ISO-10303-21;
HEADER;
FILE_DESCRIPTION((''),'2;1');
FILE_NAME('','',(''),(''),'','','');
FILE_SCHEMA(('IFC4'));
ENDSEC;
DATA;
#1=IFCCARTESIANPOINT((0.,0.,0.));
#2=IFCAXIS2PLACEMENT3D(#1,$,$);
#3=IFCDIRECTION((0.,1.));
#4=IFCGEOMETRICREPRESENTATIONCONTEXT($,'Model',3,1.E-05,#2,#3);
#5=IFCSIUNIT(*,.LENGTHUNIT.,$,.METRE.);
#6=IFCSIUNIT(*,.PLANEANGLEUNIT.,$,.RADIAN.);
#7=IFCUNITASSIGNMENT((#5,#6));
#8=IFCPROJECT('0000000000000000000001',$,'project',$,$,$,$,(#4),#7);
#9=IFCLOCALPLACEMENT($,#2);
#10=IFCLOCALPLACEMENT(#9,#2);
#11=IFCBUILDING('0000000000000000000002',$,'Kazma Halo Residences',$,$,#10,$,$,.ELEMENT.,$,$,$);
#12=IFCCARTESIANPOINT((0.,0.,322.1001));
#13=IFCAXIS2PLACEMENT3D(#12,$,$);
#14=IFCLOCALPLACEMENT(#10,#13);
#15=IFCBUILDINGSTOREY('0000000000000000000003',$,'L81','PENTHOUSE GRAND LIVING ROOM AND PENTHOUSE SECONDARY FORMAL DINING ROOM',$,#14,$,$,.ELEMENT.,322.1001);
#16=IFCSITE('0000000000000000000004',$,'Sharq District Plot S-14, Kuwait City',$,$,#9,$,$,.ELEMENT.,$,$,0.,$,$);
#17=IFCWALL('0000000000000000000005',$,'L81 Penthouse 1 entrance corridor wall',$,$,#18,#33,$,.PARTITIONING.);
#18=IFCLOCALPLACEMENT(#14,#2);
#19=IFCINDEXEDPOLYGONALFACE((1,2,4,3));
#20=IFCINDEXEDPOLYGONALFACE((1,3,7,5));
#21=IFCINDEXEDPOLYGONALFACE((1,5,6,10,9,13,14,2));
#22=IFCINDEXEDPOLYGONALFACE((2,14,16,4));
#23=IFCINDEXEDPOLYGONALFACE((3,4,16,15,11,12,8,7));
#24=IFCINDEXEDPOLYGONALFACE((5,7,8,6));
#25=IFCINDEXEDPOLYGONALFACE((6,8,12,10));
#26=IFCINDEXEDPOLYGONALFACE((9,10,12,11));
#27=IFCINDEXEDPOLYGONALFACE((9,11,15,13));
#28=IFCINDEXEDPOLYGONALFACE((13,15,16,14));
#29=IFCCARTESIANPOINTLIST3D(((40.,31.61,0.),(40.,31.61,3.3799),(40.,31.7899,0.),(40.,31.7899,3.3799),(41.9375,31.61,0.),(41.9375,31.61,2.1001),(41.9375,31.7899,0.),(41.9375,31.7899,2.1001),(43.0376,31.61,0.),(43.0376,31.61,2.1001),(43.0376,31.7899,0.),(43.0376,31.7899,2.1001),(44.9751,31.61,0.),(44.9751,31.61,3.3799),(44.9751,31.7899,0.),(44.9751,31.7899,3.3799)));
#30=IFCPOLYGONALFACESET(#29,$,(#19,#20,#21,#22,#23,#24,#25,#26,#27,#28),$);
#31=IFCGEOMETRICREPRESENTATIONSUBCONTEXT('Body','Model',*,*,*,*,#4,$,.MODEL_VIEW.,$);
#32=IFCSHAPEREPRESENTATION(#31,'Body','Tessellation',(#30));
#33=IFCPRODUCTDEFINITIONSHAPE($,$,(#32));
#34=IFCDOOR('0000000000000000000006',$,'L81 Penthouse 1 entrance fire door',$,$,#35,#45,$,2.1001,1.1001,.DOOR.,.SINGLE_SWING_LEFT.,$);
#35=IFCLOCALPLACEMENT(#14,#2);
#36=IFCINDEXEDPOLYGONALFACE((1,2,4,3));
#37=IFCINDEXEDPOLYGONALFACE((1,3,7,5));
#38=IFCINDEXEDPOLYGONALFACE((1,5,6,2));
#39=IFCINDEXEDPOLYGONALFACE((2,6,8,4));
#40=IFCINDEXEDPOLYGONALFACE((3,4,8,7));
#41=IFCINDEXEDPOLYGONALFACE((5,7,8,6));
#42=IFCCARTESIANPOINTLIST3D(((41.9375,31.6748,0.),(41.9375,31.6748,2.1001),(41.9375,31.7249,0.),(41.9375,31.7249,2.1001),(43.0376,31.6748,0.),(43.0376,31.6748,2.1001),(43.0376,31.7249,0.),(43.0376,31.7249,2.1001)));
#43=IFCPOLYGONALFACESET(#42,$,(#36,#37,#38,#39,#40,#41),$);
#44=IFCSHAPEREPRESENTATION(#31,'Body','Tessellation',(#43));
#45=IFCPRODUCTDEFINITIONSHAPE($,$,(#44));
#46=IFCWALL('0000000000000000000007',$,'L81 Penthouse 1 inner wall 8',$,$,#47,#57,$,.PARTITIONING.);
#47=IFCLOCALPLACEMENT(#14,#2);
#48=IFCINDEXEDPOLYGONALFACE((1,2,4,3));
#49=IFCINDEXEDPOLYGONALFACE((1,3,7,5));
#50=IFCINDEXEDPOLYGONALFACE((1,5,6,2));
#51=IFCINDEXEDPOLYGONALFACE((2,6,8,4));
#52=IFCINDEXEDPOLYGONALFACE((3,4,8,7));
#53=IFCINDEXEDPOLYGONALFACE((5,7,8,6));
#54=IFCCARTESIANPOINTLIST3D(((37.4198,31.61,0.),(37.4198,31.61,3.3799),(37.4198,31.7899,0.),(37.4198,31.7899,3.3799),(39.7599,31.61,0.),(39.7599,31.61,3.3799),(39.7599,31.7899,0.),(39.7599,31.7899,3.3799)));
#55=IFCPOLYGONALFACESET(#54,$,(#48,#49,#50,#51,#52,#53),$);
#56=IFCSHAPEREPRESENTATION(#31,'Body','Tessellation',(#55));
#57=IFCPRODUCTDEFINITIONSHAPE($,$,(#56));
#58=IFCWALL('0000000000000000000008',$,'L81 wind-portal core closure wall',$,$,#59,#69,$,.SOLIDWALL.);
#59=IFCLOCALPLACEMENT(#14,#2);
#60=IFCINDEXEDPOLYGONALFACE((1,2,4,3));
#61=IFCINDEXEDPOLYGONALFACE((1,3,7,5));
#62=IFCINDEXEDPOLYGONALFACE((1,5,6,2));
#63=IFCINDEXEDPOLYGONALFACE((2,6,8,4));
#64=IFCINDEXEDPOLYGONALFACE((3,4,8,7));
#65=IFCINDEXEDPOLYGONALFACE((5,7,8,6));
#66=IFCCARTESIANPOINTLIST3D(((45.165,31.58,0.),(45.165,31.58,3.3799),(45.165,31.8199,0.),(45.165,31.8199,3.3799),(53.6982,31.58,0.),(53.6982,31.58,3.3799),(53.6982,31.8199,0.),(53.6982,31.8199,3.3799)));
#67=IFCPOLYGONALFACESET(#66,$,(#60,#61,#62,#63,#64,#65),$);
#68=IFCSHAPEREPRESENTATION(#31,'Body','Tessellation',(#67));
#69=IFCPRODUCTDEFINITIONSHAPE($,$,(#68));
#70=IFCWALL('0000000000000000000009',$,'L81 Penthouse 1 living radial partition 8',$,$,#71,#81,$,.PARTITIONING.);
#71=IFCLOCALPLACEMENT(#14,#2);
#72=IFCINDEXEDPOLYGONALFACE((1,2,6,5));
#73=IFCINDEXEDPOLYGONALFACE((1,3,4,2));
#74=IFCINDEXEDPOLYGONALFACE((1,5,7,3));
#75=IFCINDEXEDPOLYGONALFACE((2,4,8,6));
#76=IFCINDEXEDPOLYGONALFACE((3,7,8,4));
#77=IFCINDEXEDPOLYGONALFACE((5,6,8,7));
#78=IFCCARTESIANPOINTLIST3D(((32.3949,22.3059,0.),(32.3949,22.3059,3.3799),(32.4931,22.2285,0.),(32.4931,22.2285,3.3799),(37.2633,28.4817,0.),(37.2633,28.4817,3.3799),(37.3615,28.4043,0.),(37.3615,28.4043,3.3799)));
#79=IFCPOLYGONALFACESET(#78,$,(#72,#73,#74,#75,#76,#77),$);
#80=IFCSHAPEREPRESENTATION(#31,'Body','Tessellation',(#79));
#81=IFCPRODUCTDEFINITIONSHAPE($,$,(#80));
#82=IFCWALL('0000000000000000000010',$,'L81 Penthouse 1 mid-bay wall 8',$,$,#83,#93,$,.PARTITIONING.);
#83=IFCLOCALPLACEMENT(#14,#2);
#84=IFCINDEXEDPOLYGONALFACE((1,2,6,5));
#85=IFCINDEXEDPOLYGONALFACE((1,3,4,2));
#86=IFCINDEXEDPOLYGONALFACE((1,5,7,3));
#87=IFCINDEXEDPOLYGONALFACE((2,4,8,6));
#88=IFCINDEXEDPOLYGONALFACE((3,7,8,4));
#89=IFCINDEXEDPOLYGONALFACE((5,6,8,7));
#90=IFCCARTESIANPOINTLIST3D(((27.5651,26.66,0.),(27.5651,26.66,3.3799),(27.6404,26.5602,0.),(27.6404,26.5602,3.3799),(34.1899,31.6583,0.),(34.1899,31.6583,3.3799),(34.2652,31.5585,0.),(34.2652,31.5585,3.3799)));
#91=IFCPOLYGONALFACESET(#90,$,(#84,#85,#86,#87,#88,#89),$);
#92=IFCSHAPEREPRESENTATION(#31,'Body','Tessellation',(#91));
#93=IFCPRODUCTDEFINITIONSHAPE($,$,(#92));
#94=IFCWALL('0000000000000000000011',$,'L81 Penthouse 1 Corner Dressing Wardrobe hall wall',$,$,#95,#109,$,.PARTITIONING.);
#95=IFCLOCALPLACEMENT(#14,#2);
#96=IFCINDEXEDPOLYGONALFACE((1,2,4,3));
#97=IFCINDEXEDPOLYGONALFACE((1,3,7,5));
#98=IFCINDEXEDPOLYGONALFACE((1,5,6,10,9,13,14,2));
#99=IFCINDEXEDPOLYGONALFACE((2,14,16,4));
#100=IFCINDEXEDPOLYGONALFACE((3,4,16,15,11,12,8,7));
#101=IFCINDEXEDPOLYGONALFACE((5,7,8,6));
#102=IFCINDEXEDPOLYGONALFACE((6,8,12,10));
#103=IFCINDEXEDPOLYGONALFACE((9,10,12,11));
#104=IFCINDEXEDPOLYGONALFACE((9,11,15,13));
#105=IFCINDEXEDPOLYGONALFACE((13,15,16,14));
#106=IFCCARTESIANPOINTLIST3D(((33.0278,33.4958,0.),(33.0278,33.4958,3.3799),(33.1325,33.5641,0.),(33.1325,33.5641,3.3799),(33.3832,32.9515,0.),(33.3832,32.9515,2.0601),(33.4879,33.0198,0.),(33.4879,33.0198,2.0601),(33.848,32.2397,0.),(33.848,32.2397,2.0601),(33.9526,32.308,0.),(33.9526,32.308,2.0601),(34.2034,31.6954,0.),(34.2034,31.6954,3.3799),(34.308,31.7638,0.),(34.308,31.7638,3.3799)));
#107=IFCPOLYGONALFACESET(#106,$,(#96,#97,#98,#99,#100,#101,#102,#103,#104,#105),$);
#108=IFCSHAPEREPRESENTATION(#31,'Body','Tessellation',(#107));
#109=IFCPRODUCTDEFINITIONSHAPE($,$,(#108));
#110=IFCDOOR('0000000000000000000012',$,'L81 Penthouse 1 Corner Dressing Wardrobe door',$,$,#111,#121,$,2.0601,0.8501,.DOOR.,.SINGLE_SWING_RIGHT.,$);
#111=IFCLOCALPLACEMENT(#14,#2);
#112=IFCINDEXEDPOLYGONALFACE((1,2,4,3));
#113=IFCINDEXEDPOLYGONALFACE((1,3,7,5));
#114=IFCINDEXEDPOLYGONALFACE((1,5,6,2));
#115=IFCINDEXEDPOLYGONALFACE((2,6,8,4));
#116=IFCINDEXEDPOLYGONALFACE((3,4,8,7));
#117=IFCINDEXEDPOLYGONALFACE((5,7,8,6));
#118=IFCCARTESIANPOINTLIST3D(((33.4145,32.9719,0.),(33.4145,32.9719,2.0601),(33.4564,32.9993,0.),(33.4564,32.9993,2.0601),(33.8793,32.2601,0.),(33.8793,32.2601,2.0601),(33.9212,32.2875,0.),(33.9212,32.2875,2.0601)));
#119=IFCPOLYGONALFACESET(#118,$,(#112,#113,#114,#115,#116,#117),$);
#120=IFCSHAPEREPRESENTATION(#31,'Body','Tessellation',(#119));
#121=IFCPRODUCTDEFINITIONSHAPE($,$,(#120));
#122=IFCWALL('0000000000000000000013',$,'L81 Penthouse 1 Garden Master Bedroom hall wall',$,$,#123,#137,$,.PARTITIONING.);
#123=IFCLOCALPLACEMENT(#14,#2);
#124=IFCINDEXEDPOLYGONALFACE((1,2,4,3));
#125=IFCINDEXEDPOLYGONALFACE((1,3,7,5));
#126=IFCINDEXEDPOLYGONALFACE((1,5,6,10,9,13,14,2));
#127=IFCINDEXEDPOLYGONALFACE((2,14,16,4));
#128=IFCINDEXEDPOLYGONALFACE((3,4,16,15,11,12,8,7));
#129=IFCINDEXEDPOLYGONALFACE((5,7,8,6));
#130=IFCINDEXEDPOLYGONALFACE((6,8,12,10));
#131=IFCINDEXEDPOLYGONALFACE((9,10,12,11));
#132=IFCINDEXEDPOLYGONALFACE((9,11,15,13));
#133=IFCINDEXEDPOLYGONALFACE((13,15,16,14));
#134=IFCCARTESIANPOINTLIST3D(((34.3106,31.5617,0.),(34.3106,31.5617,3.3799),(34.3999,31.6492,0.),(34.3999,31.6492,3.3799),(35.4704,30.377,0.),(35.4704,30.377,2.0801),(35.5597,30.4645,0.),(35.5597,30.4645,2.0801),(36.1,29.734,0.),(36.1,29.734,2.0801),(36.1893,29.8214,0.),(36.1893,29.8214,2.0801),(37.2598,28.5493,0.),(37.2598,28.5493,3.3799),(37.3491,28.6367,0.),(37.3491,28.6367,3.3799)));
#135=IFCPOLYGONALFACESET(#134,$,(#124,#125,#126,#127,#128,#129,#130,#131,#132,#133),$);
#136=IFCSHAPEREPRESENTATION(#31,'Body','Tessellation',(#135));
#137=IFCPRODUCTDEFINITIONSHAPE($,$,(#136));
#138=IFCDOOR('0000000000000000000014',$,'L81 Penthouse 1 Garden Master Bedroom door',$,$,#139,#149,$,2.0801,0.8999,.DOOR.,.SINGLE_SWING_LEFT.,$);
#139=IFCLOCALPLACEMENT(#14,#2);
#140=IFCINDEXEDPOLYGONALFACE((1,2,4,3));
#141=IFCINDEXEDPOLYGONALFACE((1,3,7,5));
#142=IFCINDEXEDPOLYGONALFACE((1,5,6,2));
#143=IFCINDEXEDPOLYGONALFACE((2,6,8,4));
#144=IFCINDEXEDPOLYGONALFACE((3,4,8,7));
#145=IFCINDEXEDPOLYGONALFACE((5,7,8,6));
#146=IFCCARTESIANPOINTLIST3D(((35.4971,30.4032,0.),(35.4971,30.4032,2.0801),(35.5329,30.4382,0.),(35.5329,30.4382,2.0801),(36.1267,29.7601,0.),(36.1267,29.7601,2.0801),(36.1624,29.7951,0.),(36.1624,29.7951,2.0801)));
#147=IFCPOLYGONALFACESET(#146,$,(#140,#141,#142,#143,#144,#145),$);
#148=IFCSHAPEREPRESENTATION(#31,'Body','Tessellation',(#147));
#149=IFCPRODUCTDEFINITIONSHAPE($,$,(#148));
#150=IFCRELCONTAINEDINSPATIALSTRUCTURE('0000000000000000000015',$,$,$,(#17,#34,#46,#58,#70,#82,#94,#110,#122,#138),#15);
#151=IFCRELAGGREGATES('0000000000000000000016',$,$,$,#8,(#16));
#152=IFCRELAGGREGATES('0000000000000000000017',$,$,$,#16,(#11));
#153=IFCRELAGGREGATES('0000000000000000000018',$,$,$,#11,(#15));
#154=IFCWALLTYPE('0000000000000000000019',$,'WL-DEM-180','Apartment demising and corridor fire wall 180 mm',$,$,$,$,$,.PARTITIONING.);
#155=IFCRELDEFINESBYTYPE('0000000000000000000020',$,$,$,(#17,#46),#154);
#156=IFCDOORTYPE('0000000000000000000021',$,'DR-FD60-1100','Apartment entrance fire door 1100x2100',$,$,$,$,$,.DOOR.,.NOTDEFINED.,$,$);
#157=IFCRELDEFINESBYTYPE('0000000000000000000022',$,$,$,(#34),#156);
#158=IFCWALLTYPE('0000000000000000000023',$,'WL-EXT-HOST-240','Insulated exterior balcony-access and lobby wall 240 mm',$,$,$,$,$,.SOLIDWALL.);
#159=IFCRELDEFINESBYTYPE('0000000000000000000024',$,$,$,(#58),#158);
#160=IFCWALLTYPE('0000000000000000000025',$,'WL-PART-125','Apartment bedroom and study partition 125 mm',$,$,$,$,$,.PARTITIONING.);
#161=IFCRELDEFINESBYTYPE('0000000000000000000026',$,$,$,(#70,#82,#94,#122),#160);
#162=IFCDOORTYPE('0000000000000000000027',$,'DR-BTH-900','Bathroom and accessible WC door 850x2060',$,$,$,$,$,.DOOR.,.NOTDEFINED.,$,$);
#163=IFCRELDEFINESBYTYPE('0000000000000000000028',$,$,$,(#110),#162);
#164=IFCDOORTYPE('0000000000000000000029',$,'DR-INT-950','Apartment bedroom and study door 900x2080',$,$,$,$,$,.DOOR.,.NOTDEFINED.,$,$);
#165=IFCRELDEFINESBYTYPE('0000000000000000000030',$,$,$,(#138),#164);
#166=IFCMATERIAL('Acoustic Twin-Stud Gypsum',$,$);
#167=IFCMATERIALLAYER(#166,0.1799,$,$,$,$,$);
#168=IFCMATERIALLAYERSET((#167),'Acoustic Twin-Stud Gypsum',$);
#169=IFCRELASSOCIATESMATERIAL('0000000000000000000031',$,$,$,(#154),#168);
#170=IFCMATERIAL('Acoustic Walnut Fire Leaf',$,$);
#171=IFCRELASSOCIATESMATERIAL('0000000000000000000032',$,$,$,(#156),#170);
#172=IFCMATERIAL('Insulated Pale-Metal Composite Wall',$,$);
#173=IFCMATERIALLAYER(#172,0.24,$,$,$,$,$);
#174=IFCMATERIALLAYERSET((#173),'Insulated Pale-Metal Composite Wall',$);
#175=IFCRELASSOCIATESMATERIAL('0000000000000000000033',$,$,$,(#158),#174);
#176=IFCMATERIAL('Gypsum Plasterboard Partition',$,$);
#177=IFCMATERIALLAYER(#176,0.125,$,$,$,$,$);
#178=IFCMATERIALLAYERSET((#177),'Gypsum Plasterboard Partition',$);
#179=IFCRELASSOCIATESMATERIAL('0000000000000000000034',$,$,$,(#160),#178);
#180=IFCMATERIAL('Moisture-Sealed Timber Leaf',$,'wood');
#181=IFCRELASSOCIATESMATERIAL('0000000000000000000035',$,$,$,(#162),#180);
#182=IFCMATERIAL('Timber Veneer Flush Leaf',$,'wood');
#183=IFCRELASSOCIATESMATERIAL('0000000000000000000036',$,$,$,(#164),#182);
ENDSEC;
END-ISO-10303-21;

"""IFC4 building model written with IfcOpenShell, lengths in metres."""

from ifc_helpers import new_model, si_unit, direction, frame, frame_2d, origin, place, context, subcontext, project, spatial, rectangle, extrude, material, layer, layer_set, type_object, element, fill, save


model = new_model("IFC4")

# Units and contexts
model_context = context("Model", 3, precision=1e-05, world=origin(), true_north=direction((0.0, 1.0)))
body_context = subcontext(model_context, "Body", "Model", "MODEL_VIEW")
ifc_project = project(units=[si_unit("LENGTHUNIT", "METRE"), si_unit("PLANEANGLEUNIT", "RADIAN")], contexts=[model_context])

# Site, building, storey
site_placement = place(None, origin())
site = spatial("IfcSite", under=ifc_project, at=site_placement, Name="Sharq District Plot S-14, Kuwait City", CompositionType="ELEMENT", RefElevation=0.0)
building_placement = place(site_placement, origin())
building = spatial("IfcBuilding", under=site, at=building_placement, Name="Kazma Halo Residences", CompositionType="ELEMENT")
storey_placement = place(building_placement, frame((0.0, 0.0, 322.1001)))
storey = spatial("IfcBuildingStorey", under=building, at=storey_placement, Name="L81", Description="PENTHOUSE GRAND LIVING ROOM AND PENTHOUSE SECONDARY FORMAL DINING ROOM", CompositionType="ELEMENT", Elevation=322.1001)

# Shared definitions
ifc_material_1 = material(Name="Acoustic Twin-Stud Gypsum")
ifc_layer_1 = layer(ifc_material_1, 0.1799)
ifc_layer_set_1 = layer_set([ifc_layer_1], Name="Acoustic Twin-Stud Gypsum")
wall_type_1 = type_object("IfcWallType", Name="WL-DEM-180", Description="Apartment demising and corridor fire wall 180 mm", PredefinedType="PARTITIONING", material=ifc_layer_set_1)

# Wall, opening, door
wall_1_placement = place(storey_placement, frame((40.0, 31.7, 0.0), z_axis=(0.0, 0.0, 1.0), x_axis=(1.0, 0.0, 0.0)))
wall_1 = element("IfcWall", 1, at=wall_1_placement, inside=storey, type_object=wall_type_1, Name="L81 Penthouse 1 entrance corridor wall", PredefinedType="PARTITIONING", context=body_context, shape_type="SweptSolid", body=[
    extrude(rectangle(XDim=4.9751, YDim=0.1799, at=frame_2d((2.4875, 0.0))), origin(), (0.0, 0.0, 1.0), 3.3799),
])
opening_1_placement = place(wall_1_placement, frame((1.9375, 0.0, 0.0)))
opening_1 = element("IfcOpeningElement", 2, at=opening_1_placement, cuts=wall_1, PredefinedType="OPENING", context=body_context, shape_type="SweptSolid", body=[
    extrude(rectangle(XDim=1.1001, YDim=2.1001, at=frame_2d((0.55, 1.05))), frame((0.0, 0.0999, 0.0), z_axis=(0.0, -1.0, 0.0), x_axis=(1.0, 0.0, 0.0)), (0.0, 0.0, 1.0), 0.2),
])
ifc_material_2 = material(Name="Acoustic Walnut Fire Leaf")
door_type_1 = type_object("IfcDoorType", Name="DR-FD60-1100", Description="Apartment entrance fire door 1100x2100", OperationType="NOTDEFINED", PredefinedType="DOOR", material=ifc_material_2)
door_1_placement = place(opening_1_placement, origin())
door_1 = element("IfcDoor", 3, at=door_1_placement, inside=storey, type_object=door_type_1, Name="L81 Penthouse 1 entrance fire door", OperationType="SINGLE_SWING_LEFT", OverallHeight=2.1001, OverallWidth=1.1001, PredefinedType="DOOR", context=body_context, shape_type="SweptSolid", body=[
    extrude(rectangle(XDim=1.1001, YDim=2.1001, at=frame_2d((0.55, 1.05))), frame((0.0, 0.0249, 0.0), z_axis=(0.0, -1.0, 0.0), x_axis=(1.0, 0.0, 0.0)), (0.0, 0.0, 1.0), 0.05),
])
fill(opening_1, door_1)

# Walls
wall_2_placement = place(storey_placement, frame((37.4199, 31.7, 0.0), z_axis=(0.0, 0.0, 1.0), x_axis=(1.0, 0.0, 0.0)))
element("IfcWall", 4, at=wall_2_placement, inside=storey, type_object=wall_type_1, Name="L81 Penthouse 1 inner wall 8", PredefinedType="PARTITIONING", context=body_context, shape_type="SweptSolid", body=[
    extrude(rectangle(XDim=2.3401, YDim=0.1799, at=frame_2d((1.1699, 0.0))), origin(), (0.0, 0.0, 1.0), 3.3799),
])
ifc_material_3 = material(Name="Insulated Pale-Metal Composite Wall")
ifc_layer_2 = layer(ifc_material_3, 0.24)
ifc_layer_set_2 = layer_set([ifc_layer_2], Name="Insulated Pale-Metal Composite Wall")
wall_type_2 = type_object("IfcWallType", Name="WL-EXT-HOST-240", Description="Insulated exterior balcony-access and lobby wall 240 mm", PredefinedType="SOLIDWALL", material=ifc_layer_set_2)
wall_3_placement = place(storey_placement, frame((45.165, 31.7, 0.0), z_axis=(0.0, 0.0, 1.0), x_axis=(1.0, 0.0, 0.0)))
element("IfcWall", 5, at=wall_3_placement, inside=storey, type_object=wall_type_2, Name="L81 wind-portal core closure wall", PredefinedType="SOLIDWALL", context=body_context, shape_type="SweptSolid", body=[
    extrude(rectangle(XDim=8.5332, YDim=0.24, at=frame_2d((4.2666, 0.0))), origin(), (0.0, 0.0, 1.0), 3.3799),
])
ifc_material_4 = material(Name="Gypsum Plasterboard Partition")
ifc_layer_3 = layer(ifc_material_4, 0.125)
ifc_layer_set_3 = layer_set([ifc_layer_3], Name="Gypsum Plasterboard Partition")
wall_type_3 = type_object("IfcWallType", Name="WL-PART-125", Description="Apartment bedroom and study partition 125 mm", PredefinedType="PARTITIONING", material=ifc_layer_set_3)
wall_4_placement = place(storey_placement, frame((37.3125, 28.4431, 0.0), z_axis=(0.0, 0.0, 1.0), x_axis=(-0.619079, -0.785328, 0.0)))
element("IfcWall", 6, at=wall_4_placement, inside=storey, type_object=wall_type_3, Name="L81 Penthouse 1 living radial partition 8", PredefinedType="PARTITIONING", context=body_context, shape_type="SweptSolid", body=[
    extrude(rectangle(XDim=7.864, YDim=0.125, at=frame_2d((3.9321, 0.0))), origin(), (0.0, 0.0, 1.0), 3.3799),
])
wall_5_placement = place(storey_placement, frame((34.2275, 31.6084, 0.0), z_axis=(0.0, 0.0, 1.0), x_axis=(-0.798277, -0.60229, 0.0)))
element("IfcWall", 7, at=wall_5_placement, inside=storey, type_object=wall_type_3, Name="L81 Penthouse 1 mid-bay wall 8", PredefinedType="PARTITIONING", context=body_context, shape_type="SweptSolid", body=[
    extrude(rectangle(XDim=8.2988, YDim=0.125, at=frame_2d((4.1494, 0.0))), origin(), (0.0, 0.0, 1.0), 3.3799),
])

# Walls, openings, doors
wall_6_placement = place(storey_placement, frame((33.0801, 33.53, 0.0), z_axis=(0.0, 0.0, 1.0), x_axis=(0.546735, -0.837306, 0.0)))
wall_6 = element("IfcWall", 8, at=wall_6_placement, inside=storey, type_object=wall_type_3, Name="L81 Penthouse 1 Corner Dressing Wardrobe hall wall", PredefinedType="PARTITIONING", context=body_context, shape_type="SweptSolid", body=[
    extrude(rectangle(XDim=2.1501, YDim=0.125, at=frame_2d((1.0752, 0.0))), origin(), (0.0, 0.0, 1.0), 3.3799),
])
opening_2_placement = place(wall_6_placement, frame((0.6501, 0.0, 0.0)))
opening_2 = element("IfcOpeningElement", 9, at=opening_2_placement, cuts=wall_6, PredefinedType="OPENING", context=body_context, shape_type="SweptSolid", body=[
    extrude(rectangle(XDim=0.8501, YDim=2.0601, at=frame_2d((0.425, 1.03))), frame((0.0, 0.0725, 0.0), z_axis=(0.0, -1.0, 0.0), x_axis=(1.0, 0.0, 0.0)), (0.0, 0.0, 1.0), 0.145),
])
ifc_material_5 = material(Name="Moisture-Sealed Timber Leaf", Category="wood")
door_type_2 = type_object("IfcDoorType", Name="DR-BTH-900", Description="Bathroom and accessible WC door 850x2060", OperationType="NOTDEFINED", PredefinedType="DOOR", material=ifc_material_5)
door_2_placement = place(opening_2_placement, origin())
door_2 = element("IfcDoor", 10, at=door_2_placement, inside=storey, type_object=door_type_2, Name="L81 Penthouse 1 Corner Dressing Wardrobe door", OperationType="SINGLE_SWING_RIGHT", OverallHeight=2.0601, OverallWidth=0.8501, PredefinedType="DOOR", context=body_context, shape_type="SweptSolid", body=[
    extrude(rectangle(XDim=0.8501, YDim=2.0601, at=frame_2d((0.425, 1.03))), frame((0.0, 0.0249, 0.0), z_axis=(0.0, -1.0, 0.0), x_axis=(1.0, 0.0, 0.0)), (0.0, 0.0, 1.0), 0.05),
])
fill(opening_2, door_2)
wall_7_placement = place(storey_placement, frame((34.3552, 31.6055, 0.0), z_axis=(0.0, 0.0, 1.0), x_axis=(0.699568, -0.714567, 0.0)))
wall_7 = element("IfcWall", 11, at=wall_7_placement, inside=storey, type_object=wall_type_3, Name="L81 Penthouse 1 Garden Master Bedroom hall wall", PredefinedType="PARTITIONING", context=body_context, shape_type="SweptSolid", body=[
    extrude(rectangle(XDim=4.2158, YDim=0.125, at=frame_2d((2.1079, 0.0))), origin(), (0.0, 0.0, 1.0), 3.3799),
])
opening_3_placement = place(wall_7_placement, frame((1.658, 0.0, 0.0)))
opening_3 = element("IfcOpeningElement", 12, at=opening_3_placement, cuts=wall_7, PredefinedType="OPENING", context=body_context, shape_type="SweptSolid", body=[
    extrude(rectangle(XDim=0.8999, YDim=2.0801, at=frame_2d((0.45, 1.04))), frame((0.0, 0.0725, 0.0), z_axis=(0.0, -1.0, 0.0), x_axis=(1.0, 0.0, 0.0)), (0.0, 0.0, 1.0), 0.145),
])
ifc_material_6 = material(Name="Timber Veneer Flush Leaf", Category="wood")
door_type_3 = type_object("IfcDoorType", Name="DR-INT-950", Description="Apartment bedroom and study door 900x2080", OperationType="NOTDEFINED", PredefinedType="DOOR", material=ifc_material_6)
door_3_placement = place(opening_3_placement, origin())
door_3 = element("IfcDoor", 13, at=door_3_placement, inside=storey, type_object=door_type_3, Name="L81 Penthouse 1 Garden Master Bedroom door", OperationType="SINGLE_SWING_LEFT", OverallHeight=2.0801, OverallWidth=0.8999, PredefinedType="DOOR", context=body_context, shape_type="SweptSolid", body=[
    extrude(rectangle(XDim=0.8999, YDim=2.0801, at=frame_2d((0.45, 1.04))), frame((0.0, 0.0249, 0.0), z_axis=(0.0, -1.0, 0.0), x_axis=(1.0, 0.0, 0.0)), (0.0, 0.0, 1.0), 0.05),
])
fill(opening_3, door_3)

save(model, "model.ifc")
